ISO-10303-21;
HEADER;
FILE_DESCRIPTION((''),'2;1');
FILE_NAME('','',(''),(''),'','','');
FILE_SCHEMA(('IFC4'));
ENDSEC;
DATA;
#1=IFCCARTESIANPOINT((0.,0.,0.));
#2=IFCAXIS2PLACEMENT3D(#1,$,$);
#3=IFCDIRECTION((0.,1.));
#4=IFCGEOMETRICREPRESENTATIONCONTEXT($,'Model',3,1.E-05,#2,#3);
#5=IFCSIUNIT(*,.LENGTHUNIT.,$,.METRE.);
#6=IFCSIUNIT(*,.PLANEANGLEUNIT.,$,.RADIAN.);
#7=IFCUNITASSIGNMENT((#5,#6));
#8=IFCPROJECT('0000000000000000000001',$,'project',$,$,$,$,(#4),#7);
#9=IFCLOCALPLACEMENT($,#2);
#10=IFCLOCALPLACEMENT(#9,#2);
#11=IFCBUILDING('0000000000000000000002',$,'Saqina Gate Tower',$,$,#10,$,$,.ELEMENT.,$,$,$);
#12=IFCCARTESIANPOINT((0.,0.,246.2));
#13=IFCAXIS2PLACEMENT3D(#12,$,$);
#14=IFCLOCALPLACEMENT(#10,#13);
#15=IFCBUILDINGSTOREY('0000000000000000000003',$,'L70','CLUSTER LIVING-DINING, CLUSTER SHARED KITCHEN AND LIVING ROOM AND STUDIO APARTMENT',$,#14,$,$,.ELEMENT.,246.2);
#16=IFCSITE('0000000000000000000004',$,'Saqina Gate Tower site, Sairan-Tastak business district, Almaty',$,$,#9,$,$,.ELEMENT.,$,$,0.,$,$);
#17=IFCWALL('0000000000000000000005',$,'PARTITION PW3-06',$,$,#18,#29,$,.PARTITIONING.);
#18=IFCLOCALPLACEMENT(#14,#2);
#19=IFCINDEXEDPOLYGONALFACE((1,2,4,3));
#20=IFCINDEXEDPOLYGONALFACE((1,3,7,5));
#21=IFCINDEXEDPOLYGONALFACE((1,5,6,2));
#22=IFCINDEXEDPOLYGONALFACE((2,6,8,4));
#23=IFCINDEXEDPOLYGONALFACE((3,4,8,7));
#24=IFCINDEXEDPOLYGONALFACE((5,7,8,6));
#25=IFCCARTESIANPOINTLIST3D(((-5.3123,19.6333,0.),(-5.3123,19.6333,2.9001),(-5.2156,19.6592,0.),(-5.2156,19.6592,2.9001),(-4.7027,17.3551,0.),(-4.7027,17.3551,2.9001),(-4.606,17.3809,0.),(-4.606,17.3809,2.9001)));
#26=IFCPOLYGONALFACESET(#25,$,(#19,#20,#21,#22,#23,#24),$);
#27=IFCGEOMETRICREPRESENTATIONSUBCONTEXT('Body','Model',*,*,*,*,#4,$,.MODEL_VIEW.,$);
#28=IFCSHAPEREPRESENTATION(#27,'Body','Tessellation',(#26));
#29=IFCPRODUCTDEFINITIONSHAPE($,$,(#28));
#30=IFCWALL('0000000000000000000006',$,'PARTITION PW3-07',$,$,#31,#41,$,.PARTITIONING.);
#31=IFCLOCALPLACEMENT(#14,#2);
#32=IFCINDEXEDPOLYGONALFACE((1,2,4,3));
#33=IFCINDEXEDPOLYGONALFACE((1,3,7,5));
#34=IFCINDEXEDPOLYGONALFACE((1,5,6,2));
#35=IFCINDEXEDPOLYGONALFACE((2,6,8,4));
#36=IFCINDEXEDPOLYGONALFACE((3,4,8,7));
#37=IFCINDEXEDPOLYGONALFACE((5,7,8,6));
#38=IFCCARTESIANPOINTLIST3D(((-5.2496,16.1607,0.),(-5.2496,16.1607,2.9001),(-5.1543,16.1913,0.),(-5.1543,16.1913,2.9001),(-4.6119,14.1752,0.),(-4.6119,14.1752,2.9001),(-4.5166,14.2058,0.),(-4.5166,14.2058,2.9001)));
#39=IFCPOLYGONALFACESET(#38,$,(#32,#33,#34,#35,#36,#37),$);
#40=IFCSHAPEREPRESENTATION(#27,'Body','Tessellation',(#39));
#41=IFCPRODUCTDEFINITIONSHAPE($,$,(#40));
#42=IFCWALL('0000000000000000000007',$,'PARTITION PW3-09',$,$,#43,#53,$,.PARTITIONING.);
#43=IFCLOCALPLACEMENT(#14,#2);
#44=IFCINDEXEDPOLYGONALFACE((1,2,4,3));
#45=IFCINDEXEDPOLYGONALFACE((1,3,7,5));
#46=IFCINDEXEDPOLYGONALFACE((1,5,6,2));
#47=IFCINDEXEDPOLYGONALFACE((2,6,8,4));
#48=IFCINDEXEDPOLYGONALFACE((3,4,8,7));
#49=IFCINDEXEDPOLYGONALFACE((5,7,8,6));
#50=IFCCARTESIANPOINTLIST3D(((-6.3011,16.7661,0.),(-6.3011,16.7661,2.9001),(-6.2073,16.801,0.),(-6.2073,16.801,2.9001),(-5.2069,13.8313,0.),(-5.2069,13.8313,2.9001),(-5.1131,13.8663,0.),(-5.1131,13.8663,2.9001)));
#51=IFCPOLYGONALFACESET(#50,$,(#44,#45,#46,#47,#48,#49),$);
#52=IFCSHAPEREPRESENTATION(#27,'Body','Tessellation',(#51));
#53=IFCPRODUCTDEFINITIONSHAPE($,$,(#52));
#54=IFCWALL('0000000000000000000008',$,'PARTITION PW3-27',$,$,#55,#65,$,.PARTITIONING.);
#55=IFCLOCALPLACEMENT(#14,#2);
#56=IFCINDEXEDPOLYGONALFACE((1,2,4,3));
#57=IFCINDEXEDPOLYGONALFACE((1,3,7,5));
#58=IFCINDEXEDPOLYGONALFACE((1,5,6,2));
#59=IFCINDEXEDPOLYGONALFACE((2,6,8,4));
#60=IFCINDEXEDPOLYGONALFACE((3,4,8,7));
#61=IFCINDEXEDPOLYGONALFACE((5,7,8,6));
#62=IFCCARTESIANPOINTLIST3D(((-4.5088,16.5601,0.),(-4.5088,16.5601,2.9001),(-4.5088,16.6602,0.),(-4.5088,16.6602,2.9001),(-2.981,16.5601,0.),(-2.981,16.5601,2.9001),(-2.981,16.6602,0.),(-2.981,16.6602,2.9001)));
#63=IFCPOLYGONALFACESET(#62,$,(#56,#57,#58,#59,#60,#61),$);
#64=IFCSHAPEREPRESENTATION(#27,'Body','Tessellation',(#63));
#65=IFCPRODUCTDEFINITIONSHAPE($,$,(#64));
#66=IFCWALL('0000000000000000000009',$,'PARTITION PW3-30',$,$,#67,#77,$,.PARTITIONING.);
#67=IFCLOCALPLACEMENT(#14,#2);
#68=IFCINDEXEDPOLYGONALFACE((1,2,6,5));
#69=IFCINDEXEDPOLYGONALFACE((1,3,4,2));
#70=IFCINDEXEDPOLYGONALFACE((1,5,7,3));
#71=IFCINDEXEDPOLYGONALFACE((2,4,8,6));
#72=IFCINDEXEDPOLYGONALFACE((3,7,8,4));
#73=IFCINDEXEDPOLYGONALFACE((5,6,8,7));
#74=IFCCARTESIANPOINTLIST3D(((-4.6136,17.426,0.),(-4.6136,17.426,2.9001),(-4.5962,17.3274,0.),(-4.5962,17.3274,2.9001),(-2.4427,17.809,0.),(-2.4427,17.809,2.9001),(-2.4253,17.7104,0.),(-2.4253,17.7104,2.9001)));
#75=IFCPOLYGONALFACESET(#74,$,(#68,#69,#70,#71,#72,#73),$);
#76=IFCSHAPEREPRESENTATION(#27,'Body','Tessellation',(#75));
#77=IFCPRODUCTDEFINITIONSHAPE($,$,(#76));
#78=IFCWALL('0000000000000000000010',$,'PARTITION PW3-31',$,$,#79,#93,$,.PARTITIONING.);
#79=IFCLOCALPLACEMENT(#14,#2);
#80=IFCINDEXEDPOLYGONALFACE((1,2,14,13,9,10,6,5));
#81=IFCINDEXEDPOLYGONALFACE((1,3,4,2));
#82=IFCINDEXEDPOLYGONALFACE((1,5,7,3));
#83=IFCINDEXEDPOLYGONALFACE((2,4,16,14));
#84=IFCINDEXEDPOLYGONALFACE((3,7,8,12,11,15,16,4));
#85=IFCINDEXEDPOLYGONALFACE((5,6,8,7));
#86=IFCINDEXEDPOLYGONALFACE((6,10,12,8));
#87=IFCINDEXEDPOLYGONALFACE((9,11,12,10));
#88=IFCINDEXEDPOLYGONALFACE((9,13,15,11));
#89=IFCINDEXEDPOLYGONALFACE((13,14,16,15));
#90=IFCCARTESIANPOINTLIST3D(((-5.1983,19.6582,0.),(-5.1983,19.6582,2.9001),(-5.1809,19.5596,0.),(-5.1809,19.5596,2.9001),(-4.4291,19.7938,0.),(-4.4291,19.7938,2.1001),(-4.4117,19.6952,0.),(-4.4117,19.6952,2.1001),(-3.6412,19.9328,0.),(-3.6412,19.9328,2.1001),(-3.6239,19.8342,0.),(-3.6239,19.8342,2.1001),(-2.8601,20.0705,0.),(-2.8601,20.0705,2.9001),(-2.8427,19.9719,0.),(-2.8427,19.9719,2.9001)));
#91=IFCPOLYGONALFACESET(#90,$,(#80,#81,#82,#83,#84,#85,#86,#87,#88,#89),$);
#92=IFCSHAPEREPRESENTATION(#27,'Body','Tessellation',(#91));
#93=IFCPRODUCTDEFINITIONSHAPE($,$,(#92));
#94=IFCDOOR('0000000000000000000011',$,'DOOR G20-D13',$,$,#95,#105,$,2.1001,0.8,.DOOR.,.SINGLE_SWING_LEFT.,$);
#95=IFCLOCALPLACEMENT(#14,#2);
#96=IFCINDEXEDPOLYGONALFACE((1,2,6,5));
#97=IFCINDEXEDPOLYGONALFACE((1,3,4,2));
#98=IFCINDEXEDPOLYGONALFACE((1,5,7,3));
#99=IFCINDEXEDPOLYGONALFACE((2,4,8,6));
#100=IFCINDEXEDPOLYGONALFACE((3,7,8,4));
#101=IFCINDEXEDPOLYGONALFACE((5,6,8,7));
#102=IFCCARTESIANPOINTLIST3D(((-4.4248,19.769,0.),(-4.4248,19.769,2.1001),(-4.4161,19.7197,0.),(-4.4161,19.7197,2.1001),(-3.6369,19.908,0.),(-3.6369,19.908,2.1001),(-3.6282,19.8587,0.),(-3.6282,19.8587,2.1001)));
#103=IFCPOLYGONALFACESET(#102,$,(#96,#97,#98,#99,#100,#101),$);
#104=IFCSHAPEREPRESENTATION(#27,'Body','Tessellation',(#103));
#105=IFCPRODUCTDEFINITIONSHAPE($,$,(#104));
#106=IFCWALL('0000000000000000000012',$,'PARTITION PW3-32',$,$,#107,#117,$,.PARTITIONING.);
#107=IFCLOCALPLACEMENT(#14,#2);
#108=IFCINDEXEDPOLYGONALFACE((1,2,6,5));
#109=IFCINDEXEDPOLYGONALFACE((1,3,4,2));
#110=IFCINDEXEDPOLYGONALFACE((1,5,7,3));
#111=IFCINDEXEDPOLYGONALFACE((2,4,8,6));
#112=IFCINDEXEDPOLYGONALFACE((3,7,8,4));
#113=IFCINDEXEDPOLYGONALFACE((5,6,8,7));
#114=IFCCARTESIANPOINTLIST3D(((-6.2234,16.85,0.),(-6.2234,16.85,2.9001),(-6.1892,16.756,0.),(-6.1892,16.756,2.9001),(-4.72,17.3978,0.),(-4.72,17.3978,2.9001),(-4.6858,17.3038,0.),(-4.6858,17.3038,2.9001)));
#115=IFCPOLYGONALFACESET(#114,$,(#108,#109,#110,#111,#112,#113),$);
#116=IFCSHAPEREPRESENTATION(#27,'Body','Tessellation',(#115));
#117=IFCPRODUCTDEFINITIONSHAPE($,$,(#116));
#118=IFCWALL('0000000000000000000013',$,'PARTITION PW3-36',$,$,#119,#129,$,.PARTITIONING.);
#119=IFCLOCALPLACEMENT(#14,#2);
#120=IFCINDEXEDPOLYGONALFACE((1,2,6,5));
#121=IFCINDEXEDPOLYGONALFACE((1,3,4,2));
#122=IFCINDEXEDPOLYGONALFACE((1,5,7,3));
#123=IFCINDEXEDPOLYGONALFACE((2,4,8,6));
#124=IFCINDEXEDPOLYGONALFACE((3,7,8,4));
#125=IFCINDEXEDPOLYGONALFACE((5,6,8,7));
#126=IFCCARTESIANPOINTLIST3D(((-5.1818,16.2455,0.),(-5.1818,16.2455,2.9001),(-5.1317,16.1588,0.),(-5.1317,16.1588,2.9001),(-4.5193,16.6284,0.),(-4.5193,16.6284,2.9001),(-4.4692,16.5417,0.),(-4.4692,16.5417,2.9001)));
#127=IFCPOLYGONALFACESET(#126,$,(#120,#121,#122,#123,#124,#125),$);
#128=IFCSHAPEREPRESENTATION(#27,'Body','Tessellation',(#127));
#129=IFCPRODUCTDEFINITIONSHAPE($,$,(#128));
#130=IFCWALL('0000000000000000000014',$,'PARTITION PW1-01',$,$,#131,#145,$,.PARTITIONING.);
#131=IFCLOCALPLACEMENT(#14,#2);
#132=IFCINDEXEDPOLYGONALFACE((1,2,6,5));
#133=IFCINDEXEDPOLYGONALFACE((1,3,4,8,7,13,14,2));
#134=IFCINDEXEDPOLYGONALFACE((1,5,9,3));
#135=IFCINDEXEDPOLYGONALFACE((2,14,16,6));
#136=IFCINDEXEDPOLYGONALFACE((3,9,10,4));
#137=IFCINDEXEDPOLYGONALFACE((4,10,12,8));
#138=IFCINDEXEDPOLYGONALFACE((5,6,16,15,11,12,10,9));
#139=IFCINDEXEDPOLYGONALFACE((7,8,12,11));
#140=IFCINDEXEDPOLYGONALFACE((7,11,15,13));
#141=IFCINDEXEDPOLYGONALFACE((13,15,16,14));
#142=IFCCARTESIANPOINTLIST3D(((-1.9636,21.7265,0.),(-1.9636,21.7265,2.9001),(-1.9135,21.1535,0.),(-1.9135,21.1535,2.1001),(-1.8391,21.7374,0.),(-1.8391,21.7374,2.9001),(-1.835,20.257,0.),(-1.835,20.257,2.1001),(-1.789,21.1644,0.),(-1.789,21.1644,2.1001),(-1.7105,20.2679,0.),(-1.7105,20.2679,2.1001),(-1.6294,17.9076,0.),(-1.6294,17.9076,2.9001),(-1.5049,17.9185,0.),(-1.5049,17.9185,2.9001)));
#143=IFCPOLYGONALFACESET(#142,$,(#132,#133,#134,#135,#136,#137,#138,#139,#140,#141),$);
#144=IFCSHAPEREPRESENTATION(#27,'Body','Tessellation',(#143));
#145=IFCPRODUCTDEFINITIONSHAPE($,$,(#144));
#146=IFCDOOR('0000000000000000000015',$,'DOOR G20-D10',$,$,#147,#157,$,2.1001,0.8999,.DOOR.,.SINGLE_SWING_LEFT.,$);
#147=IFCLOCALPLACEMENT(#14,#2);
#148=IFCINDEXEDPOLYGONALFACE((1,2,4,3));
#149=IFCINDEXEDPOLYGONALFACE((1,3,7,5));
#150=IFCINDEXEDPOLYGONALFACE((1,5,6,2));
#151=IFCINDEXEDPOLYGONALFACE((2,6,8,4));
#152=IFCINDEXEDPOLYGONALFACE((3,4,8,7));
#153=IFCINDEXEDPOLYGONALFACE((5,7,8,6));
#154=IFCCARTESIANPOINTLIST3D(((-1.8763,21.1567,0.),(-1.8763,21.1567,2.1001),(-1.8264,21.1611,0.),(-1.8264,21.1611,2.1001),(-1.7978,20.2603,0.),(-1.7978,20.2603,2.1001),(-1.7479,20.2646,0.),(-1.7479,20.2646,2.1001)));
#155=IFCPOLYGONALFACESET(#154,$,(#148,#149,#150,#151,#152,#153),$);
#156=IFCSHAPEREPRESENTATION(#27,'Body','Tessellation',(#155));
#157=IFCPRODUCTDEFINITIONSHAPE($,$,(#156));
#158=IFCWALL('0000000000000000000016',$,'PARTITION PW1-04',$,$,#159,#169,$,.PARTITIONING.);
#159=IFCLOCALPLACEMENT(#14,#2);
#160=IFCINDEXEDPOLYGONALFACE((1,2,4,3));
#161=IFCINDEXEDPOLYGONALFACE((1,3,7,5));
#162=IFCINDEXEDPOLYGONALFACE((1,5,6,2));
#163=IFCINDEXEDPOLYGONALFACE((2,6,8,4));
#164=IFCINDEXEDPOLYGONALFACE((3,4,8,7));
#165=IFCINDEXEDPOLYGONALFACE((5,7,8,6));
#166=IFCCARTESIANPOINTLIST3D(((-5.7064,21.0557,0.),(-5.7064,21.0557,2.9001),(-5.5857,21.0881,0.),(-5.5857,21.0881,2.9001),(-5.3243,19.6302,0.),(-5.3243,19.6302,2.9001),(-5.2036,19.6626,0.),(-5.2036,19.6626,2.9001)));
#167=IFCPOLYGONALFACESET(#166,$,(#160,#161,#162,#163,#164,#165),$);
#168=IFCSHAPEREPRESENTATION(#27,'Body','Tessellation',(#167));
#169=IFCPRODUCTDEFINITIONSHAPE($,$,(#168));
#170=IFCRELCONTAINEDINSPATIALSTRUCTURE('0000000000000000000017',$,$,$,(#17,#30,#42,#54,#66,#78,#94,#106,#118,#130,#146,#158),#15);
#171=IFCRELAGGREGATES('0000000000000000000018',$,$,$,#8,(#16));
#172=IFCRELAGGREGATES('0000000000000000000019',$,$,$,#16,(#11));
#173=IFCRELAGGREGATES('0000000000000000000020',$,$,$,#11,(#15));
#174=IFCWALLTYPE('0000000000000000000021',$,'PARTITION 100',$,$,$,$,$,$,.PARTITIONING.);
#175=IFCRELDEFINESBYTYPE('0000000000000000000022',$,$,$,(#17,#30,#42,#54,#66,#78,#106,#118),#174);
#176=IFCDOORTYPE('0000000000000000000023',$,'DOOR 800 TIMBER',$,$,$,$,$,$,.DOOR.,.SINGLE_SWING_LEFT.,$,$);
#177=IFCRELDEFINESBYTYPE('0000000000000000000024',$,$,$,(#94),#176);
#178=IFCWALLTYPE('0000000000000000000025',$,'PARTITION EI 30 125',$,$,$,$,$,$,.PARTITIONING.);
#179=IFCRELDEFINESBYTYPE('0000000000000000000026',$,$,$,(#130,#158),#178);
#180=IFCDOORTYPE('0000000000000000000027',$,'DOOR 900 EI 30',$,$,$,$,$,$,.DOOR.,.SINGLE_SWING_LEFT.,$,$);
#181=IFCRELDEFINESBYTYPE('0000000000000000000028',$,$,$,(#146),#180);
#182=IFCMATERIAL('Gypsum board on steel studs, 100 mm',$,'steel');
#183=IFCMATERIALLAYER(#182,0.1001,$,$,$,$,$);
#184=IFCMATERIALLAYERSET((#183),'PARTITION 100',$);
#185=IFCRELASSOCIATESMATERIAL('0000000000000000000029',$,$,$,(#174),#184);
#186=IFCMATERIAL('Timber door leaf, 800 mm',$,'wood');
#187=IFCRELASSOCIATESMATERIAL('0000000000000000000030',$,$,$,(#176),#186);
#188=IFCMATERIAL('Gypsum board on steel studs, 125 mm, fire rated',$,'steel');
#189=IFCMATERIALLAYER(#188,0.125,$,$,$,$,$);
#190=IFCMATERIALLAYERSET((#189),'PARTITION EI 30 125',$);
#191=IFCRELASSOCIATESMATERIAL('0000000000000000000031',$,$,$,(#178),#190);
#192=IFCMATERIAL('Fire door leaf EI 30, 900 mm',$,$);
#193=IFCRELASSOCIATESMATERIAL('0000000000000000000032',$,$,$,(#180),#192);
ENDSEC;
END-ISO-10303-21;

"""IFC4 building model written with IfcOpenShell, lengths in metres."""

from ifc_helpers import new_model, si_unit, direction, frame, frame_2d, origin, place, context, subcontext, project, spatial, rectangle, extrude, material, layer, layer_set, type_object, element, fill, save


model = new_model("IFC4")

# Units and contexts
model_context = context("Model", 3, precision=1e-05, world=origin(), true_north=direction((0.0, 1.0)))
body_context = subcontext(model_context, "Body", "Model", "MODEL_VIEW")
ifc_project = project(units=[si_unit("LENGTHUNIT", "METRE"), si_unit("PLANEANGLEUNIT", "RADIAN")], contexts=[model_context])

# Site, building, storey
site_placement = place(None, origin())
site = spatial("IfcSite", under=ifc_project, at=site_placement, Name="Saqina Gate Tower site, Sairan-Tastak business district, Almaty", CompositionType="ELEMENT", RefElevation=0.0)
building_placement = place(site_placement, origin())
building = spatial("IfcBuilding", under=site, at=building_placement, Name="Saqina Gate Tower", CompositionType="ELEMENT")
storey_placement = place(building_placement, frame((0.0, 0.0, 246.2)))
storey = spatial("IfcBuildingStorey", under=building, at=storey_placement, Name="L70", Description="CLUSTER LIVING-DINING, CLUSTER SHARED KITCHEN AND LIVING ROOM AND STUDIO APARTMENT", CompositionType="ELEMENT", Elevation=246.2)

# Shared definitions
ifc_material_1 = material(Name="Gypsum board on steel studs, 100 mm", Category="steel")
ifc_layer_1 = layer(ifc_material_1, 0.1001)
ifc_layer_set_1 = layer_set([ifc_layer_1], Name="PARTITION 100")
wall_type_1 = type_object("IfcWallType", Name="PARTITION 100", PredefinedType="PARTITIONING", material=ifc_layer_set_1)

# Shared definitions
ifc_material_2 = material(Name="Timber door leaf, 800 mm", Category="wood")
door_type_1 = type_object("IfcDoorType", Name="DOOR 800 TIMBER", OperationType="SINGLE_SWING_LEFT", PredefinedType="DOOR", material=ifc_material_2)

# Walls
wall_1_placement = place(storey_placement, frame((-5.2639, 19.6462, 0.0), z_axis=(0.0, 0.0, 1.0), x_axis=(0.258481, -0.966016, 0.0)))
element("IfcWall", 1, at=wall_1_placement, inside=storey, type_object=wall_type_1, Name="PARTITION PW3-06", PredefinedType="PARTITIONING", context=body_context, shape_type="SweptSolid", body=[
    extrude(rectangle(XDim=2.3584, YDim=0.1001, at=frame_2d((1.1792, 0.0))), origin(), (0.0, 0.0, 1.0), 2.9001),
])
wall_2_placement = place(storey_placement, frame((-5.2019, 16.176, 0.0), z_axis=(0.0, 0.0, 1.0), x_axis=(0.305778, -0.952103, 0.0)))
element("IfcWall", 2, at=wall_2_placement, inside=storey, type_object=wall_type_1, Name="PARTITION PW3-07", PredefinedType="PARTITIONING", context=body_context, shape_type="SweptSolid", body=[
    extrude(rectangle(XDim=2.0854, YDim=0.1001, at=frame_2d((1.0427, 0.0))), origin(), (0.0, 0.0, 1.0), 2.9001),
])
wall_3_placement = place(storey_placement, frame((-6.2542, 16.7834, 0.0), z_axis=(0.0, 0.0, 1.0), x_axis=(0.349355, -0.936991, 0.0)))
element("IfcWall", 3, at=wall_3_placement, inside=storey, type_object=wall_type_1, Name="PARTITION PW3-09", PredefinedType="PARTITIONING", context=body_context, shape_type="SweptSolid", body=[
    extrude(rectangle(XDim=3.1321, YDim=0.1001, at=frame_2d((1.5659, 0.0))), origin(), (0.0, 0.0, 1.0), 2.9001),
])
wall_4_placement = place(storey_placement, frame((-4.5088, 16.6101, 0.0), z_axis=(0.0, 0.0, 1.0), x_axis=(1.0, 0.0, 0.0)))
element("IfcWall", 4, at=wall_4_placement, inside=storey, type_object=wall_type_1, Name="PARTITION PW3-27", PredefinedType="PARTITIONING", context=body_context, shape_type="SweptSolid", body=[
    extrude(rectangle(XDim=1.5278, YDim=0.1001, at=frame_2d((0.7639, 0.0))), origin(), (0.0, 0.0, 1.0), 2.9001),
])
wall_5_placement = place(storey_placement, frame((-4.6047, 17.3767, 0.0), z_axis=(0.0, 0.0, 1.0), x_axis=(0.984787, 0.173766, 0.0)))
element("IfcWall", 5, at=wall_5_placement, inside=storey, type_object=wall_type_1, Name="PARTITION PW3-30", PredefinedType="PARTITIONING", context=body_context, shape_type="SweptSolid", body=[
    extrude(rectangle(XDim=2.2043, YDim=0.1001, at=frame_2d((1.1021, 0.0))), origin(), (0.0, 0.0, 1.0), 2.9001),
])

# Wall, opening, door
wall_6_placement = place(storey_placement, frame((-5.1895, 19.6089, 0.0), z_axis=(0.0, 0.0, 1.0), x_axis=(0.984802, 0.17368, 0.0)))
wall_6 = element("IfcWall", 6, at=wall_6_placement, inside=storey, type_object=wall_type_1, Name="PARTITION PW3-31", PredefinedType="PARTITIONING", context=body_context, shape_type="SweptSolid", body=[
    extrude(rectangle(XDim=2.3743, YDim=0.1001, at=frame_2d((1.187, 0.0))), origin(), (0.0, 0.0, 1.0), 2.9001),
])
opening_1_placement = place(wall_6_placement, frame((0.781, 0.0, 0.0)))
opening_1 = element("IfcOpeningElement", 7, at=opening_1_placement, cuts=wall_6, PredefinedType="OPENING", context=body_context, shape_type="SweptSolid", body=[
    extrude(rectangle(XDim=0.8, YDim=2.1001, at=frame_2d((0.3999, 1.05))), frame((0.0, 0.062, 0.0), z_axis=(0.0, -1.0, 0.0), x_axis=(1.0, 0.0, 0.0)), (0.0, 0.0, 1.0), 0.124),
])
door_1_placement = place(opening_1_placement, origin())
door_1 = element("IfcDoor", 8, at=door_1_placement, inside=storey, type_object=door_type_1, Name="DOOR G20-D13", OperationType="SINGLE_SWING_LEFT", OverallHeight=2.1001, OverallWidth=0.8, PredefinedType="DOOR", context=body_context, shape_type="SweptSolid", body=[
    extrude(rectangle(XDim=0.8, YDim=2.1001, at=frame_2d((0.3999, 1.05))), frame((0.0, 0.0249, 0.0), z_axis=(0.0, -1.0, 0.0), x_axis=(1.0, 0.0, 0.0)), (0.0, 0.0, 1.0), 0.05),
])
fill(opening_1, door_1)

# Walls
wall_7_placement = place(storey_placement, frame((-6.2063, 16.803, 0.0), z_axis=(0.0, 0.0, 1.0), x_axis=(0.939562, 0.34238, 0.0)))
element("IfcWall", 9, at=wall_7_placement, inside=storey, type_object=wall_type_1, Name="PARTITION PW3-32", PredefinedType="PARTITIONING", context=body_context, shape_type="SweptSolid", body=[
    extrude(rectangle(XDim=1.6001, YDim=0.1001, at=frame_2d((0.8, 0.0))), origin(), (0.0, 0.0, 1.0), 2.9001),
])
wall_8_placement = place(storey_placement, frame((-5.1567, 16.2021, 0.0), z_axis=(0.0, 0.0, 1.0), x_axis=(0.865797, 0.500395, 0.0)))
element("IfcWall", 10, at=wall_8_placement, inside=storey, type_object=wall_type_1, Name="PARTITION PW3-36", PredefinedType="PARTITIONING", context=body_context, shape_type="SweptSolid", body=[
    extrude(rectangle(XDim=0.7651, YDim=0.1001, at=frame_2d((0.3826, 0.0))), origin(), (0.0, 0.0, 1.0), 2.9001),
])

# Wall, opening, door
ifc_material_3 = material(Name="Gypsum board on steel studs, 125 mm, fire rated", Category="steel")
ifc_layer_2 = layer(ifc_material_3, 0.125)
ifc_layer_set_2 = layer_set([ifc_layer_2], Name="PARTITION EI 30 125")
wall_type_2 = type_object("IfcWallType", Name="PARTITION EI 30 125", PredefinedType="PARTITIONING", material=ifc_layer_set_2)
wall_9_placement = place(storey_placement, frame((-1.9014, 21.7319, 0.0), z_axis=(0.0, 0.0, 1.0), x_axis=(0.087187, -0.996192, 0.0)))
wall_9 = element("IfcWall", 11, at=wall_9_placement, inside=storey, type_object=wall_type_2, Name="PARTITION PW1-01", PredefinedType="PARTITIONING", context=body_context, shape_type="SweptSolid", body=[
    extrude(rectangle(XDim=3.8335, YDim=0.125, at=frame_2d((1.9167, 0.0))), origin(), (0.0, 0.0, 1.0), 2.9001),
])
opening_2_placement = place(wall_9_placement, frame((0.5752, 0.0, 0.0)))
opening_2 = element("IfcOpeningElement", 12, at=opening_2_placement, cuts=wall_9, PredefinedType="OPENING", context=body_context, shape_type="SweptSolid", body=[
    extrude(rectangle(XDim=0.8999, YDim=2.1001, at=frame_2d((0.45, 1.05))), frame((0.0, 0.0745, 0.0), z_axis=(0.0, -1.0, 0.0), x_axis=(1.0, 0.0, 0.0)), (0.0, 0.0, 1.0), 0.1489),
])
ifc_material_4 = material(Name="Fire door leaf EI 30, 900 mm")
door_type_2 = type_object("IfcDoorType", Name="DOOR 900 EI 30", OperationType="SINGLE_SWING_LEFT", PredefinedType="DOOR", material=ifc_material_4)
door_2_placement = place(opening_2_placement, origin())
door_2 = element("IfcDoor", 13, at=door_2_placement, inside=storey, type_object=door_type_2, Name="DOOR G20-D10", OperationType="SINGLE_SWING_LEFT", OverallHeight=2.1001, OverallWidth=0.8999, PredefinedType="DOOR", context=body_context, shape_type="SweptSolid", body=[
    extrude(rectangle(XDim=0.8999, YDim=2.1001, at=frame_2d((0.45, 1.05))), frame((0.0, 0.0249, 0.0), z_axis=(0.0, -1.0, 0.0), x_axis=(1.0, 0.0, 0.0)), (0.0, 0.0, 1.0), 0.05),
])
fill(opening_2, door_2)

# Wall
wall_10_placement = place(storey_placement, frame((-5.646, 21.0718, 0.0), z_axis=(0.0, 0.0, 1.0), x_axis=(0.258888, -0.965907, 0.0)))
element("IfcWall", 14, at=wall_10_placement, inside=storey, type_object=wall_type_2, Name="PARTITION PW1-04", PredefinedType="PARTITIONING", context=body_context, shape_type="SweptSolid", body=[
    extrude(rectangle(XDim=1.4758, YDim=0.125, at=frame_2d((0.7378, 0.0))), origin(), (0.0, 0.0, 1.0), 2.9001),
])

save(model, "model.ifc")
